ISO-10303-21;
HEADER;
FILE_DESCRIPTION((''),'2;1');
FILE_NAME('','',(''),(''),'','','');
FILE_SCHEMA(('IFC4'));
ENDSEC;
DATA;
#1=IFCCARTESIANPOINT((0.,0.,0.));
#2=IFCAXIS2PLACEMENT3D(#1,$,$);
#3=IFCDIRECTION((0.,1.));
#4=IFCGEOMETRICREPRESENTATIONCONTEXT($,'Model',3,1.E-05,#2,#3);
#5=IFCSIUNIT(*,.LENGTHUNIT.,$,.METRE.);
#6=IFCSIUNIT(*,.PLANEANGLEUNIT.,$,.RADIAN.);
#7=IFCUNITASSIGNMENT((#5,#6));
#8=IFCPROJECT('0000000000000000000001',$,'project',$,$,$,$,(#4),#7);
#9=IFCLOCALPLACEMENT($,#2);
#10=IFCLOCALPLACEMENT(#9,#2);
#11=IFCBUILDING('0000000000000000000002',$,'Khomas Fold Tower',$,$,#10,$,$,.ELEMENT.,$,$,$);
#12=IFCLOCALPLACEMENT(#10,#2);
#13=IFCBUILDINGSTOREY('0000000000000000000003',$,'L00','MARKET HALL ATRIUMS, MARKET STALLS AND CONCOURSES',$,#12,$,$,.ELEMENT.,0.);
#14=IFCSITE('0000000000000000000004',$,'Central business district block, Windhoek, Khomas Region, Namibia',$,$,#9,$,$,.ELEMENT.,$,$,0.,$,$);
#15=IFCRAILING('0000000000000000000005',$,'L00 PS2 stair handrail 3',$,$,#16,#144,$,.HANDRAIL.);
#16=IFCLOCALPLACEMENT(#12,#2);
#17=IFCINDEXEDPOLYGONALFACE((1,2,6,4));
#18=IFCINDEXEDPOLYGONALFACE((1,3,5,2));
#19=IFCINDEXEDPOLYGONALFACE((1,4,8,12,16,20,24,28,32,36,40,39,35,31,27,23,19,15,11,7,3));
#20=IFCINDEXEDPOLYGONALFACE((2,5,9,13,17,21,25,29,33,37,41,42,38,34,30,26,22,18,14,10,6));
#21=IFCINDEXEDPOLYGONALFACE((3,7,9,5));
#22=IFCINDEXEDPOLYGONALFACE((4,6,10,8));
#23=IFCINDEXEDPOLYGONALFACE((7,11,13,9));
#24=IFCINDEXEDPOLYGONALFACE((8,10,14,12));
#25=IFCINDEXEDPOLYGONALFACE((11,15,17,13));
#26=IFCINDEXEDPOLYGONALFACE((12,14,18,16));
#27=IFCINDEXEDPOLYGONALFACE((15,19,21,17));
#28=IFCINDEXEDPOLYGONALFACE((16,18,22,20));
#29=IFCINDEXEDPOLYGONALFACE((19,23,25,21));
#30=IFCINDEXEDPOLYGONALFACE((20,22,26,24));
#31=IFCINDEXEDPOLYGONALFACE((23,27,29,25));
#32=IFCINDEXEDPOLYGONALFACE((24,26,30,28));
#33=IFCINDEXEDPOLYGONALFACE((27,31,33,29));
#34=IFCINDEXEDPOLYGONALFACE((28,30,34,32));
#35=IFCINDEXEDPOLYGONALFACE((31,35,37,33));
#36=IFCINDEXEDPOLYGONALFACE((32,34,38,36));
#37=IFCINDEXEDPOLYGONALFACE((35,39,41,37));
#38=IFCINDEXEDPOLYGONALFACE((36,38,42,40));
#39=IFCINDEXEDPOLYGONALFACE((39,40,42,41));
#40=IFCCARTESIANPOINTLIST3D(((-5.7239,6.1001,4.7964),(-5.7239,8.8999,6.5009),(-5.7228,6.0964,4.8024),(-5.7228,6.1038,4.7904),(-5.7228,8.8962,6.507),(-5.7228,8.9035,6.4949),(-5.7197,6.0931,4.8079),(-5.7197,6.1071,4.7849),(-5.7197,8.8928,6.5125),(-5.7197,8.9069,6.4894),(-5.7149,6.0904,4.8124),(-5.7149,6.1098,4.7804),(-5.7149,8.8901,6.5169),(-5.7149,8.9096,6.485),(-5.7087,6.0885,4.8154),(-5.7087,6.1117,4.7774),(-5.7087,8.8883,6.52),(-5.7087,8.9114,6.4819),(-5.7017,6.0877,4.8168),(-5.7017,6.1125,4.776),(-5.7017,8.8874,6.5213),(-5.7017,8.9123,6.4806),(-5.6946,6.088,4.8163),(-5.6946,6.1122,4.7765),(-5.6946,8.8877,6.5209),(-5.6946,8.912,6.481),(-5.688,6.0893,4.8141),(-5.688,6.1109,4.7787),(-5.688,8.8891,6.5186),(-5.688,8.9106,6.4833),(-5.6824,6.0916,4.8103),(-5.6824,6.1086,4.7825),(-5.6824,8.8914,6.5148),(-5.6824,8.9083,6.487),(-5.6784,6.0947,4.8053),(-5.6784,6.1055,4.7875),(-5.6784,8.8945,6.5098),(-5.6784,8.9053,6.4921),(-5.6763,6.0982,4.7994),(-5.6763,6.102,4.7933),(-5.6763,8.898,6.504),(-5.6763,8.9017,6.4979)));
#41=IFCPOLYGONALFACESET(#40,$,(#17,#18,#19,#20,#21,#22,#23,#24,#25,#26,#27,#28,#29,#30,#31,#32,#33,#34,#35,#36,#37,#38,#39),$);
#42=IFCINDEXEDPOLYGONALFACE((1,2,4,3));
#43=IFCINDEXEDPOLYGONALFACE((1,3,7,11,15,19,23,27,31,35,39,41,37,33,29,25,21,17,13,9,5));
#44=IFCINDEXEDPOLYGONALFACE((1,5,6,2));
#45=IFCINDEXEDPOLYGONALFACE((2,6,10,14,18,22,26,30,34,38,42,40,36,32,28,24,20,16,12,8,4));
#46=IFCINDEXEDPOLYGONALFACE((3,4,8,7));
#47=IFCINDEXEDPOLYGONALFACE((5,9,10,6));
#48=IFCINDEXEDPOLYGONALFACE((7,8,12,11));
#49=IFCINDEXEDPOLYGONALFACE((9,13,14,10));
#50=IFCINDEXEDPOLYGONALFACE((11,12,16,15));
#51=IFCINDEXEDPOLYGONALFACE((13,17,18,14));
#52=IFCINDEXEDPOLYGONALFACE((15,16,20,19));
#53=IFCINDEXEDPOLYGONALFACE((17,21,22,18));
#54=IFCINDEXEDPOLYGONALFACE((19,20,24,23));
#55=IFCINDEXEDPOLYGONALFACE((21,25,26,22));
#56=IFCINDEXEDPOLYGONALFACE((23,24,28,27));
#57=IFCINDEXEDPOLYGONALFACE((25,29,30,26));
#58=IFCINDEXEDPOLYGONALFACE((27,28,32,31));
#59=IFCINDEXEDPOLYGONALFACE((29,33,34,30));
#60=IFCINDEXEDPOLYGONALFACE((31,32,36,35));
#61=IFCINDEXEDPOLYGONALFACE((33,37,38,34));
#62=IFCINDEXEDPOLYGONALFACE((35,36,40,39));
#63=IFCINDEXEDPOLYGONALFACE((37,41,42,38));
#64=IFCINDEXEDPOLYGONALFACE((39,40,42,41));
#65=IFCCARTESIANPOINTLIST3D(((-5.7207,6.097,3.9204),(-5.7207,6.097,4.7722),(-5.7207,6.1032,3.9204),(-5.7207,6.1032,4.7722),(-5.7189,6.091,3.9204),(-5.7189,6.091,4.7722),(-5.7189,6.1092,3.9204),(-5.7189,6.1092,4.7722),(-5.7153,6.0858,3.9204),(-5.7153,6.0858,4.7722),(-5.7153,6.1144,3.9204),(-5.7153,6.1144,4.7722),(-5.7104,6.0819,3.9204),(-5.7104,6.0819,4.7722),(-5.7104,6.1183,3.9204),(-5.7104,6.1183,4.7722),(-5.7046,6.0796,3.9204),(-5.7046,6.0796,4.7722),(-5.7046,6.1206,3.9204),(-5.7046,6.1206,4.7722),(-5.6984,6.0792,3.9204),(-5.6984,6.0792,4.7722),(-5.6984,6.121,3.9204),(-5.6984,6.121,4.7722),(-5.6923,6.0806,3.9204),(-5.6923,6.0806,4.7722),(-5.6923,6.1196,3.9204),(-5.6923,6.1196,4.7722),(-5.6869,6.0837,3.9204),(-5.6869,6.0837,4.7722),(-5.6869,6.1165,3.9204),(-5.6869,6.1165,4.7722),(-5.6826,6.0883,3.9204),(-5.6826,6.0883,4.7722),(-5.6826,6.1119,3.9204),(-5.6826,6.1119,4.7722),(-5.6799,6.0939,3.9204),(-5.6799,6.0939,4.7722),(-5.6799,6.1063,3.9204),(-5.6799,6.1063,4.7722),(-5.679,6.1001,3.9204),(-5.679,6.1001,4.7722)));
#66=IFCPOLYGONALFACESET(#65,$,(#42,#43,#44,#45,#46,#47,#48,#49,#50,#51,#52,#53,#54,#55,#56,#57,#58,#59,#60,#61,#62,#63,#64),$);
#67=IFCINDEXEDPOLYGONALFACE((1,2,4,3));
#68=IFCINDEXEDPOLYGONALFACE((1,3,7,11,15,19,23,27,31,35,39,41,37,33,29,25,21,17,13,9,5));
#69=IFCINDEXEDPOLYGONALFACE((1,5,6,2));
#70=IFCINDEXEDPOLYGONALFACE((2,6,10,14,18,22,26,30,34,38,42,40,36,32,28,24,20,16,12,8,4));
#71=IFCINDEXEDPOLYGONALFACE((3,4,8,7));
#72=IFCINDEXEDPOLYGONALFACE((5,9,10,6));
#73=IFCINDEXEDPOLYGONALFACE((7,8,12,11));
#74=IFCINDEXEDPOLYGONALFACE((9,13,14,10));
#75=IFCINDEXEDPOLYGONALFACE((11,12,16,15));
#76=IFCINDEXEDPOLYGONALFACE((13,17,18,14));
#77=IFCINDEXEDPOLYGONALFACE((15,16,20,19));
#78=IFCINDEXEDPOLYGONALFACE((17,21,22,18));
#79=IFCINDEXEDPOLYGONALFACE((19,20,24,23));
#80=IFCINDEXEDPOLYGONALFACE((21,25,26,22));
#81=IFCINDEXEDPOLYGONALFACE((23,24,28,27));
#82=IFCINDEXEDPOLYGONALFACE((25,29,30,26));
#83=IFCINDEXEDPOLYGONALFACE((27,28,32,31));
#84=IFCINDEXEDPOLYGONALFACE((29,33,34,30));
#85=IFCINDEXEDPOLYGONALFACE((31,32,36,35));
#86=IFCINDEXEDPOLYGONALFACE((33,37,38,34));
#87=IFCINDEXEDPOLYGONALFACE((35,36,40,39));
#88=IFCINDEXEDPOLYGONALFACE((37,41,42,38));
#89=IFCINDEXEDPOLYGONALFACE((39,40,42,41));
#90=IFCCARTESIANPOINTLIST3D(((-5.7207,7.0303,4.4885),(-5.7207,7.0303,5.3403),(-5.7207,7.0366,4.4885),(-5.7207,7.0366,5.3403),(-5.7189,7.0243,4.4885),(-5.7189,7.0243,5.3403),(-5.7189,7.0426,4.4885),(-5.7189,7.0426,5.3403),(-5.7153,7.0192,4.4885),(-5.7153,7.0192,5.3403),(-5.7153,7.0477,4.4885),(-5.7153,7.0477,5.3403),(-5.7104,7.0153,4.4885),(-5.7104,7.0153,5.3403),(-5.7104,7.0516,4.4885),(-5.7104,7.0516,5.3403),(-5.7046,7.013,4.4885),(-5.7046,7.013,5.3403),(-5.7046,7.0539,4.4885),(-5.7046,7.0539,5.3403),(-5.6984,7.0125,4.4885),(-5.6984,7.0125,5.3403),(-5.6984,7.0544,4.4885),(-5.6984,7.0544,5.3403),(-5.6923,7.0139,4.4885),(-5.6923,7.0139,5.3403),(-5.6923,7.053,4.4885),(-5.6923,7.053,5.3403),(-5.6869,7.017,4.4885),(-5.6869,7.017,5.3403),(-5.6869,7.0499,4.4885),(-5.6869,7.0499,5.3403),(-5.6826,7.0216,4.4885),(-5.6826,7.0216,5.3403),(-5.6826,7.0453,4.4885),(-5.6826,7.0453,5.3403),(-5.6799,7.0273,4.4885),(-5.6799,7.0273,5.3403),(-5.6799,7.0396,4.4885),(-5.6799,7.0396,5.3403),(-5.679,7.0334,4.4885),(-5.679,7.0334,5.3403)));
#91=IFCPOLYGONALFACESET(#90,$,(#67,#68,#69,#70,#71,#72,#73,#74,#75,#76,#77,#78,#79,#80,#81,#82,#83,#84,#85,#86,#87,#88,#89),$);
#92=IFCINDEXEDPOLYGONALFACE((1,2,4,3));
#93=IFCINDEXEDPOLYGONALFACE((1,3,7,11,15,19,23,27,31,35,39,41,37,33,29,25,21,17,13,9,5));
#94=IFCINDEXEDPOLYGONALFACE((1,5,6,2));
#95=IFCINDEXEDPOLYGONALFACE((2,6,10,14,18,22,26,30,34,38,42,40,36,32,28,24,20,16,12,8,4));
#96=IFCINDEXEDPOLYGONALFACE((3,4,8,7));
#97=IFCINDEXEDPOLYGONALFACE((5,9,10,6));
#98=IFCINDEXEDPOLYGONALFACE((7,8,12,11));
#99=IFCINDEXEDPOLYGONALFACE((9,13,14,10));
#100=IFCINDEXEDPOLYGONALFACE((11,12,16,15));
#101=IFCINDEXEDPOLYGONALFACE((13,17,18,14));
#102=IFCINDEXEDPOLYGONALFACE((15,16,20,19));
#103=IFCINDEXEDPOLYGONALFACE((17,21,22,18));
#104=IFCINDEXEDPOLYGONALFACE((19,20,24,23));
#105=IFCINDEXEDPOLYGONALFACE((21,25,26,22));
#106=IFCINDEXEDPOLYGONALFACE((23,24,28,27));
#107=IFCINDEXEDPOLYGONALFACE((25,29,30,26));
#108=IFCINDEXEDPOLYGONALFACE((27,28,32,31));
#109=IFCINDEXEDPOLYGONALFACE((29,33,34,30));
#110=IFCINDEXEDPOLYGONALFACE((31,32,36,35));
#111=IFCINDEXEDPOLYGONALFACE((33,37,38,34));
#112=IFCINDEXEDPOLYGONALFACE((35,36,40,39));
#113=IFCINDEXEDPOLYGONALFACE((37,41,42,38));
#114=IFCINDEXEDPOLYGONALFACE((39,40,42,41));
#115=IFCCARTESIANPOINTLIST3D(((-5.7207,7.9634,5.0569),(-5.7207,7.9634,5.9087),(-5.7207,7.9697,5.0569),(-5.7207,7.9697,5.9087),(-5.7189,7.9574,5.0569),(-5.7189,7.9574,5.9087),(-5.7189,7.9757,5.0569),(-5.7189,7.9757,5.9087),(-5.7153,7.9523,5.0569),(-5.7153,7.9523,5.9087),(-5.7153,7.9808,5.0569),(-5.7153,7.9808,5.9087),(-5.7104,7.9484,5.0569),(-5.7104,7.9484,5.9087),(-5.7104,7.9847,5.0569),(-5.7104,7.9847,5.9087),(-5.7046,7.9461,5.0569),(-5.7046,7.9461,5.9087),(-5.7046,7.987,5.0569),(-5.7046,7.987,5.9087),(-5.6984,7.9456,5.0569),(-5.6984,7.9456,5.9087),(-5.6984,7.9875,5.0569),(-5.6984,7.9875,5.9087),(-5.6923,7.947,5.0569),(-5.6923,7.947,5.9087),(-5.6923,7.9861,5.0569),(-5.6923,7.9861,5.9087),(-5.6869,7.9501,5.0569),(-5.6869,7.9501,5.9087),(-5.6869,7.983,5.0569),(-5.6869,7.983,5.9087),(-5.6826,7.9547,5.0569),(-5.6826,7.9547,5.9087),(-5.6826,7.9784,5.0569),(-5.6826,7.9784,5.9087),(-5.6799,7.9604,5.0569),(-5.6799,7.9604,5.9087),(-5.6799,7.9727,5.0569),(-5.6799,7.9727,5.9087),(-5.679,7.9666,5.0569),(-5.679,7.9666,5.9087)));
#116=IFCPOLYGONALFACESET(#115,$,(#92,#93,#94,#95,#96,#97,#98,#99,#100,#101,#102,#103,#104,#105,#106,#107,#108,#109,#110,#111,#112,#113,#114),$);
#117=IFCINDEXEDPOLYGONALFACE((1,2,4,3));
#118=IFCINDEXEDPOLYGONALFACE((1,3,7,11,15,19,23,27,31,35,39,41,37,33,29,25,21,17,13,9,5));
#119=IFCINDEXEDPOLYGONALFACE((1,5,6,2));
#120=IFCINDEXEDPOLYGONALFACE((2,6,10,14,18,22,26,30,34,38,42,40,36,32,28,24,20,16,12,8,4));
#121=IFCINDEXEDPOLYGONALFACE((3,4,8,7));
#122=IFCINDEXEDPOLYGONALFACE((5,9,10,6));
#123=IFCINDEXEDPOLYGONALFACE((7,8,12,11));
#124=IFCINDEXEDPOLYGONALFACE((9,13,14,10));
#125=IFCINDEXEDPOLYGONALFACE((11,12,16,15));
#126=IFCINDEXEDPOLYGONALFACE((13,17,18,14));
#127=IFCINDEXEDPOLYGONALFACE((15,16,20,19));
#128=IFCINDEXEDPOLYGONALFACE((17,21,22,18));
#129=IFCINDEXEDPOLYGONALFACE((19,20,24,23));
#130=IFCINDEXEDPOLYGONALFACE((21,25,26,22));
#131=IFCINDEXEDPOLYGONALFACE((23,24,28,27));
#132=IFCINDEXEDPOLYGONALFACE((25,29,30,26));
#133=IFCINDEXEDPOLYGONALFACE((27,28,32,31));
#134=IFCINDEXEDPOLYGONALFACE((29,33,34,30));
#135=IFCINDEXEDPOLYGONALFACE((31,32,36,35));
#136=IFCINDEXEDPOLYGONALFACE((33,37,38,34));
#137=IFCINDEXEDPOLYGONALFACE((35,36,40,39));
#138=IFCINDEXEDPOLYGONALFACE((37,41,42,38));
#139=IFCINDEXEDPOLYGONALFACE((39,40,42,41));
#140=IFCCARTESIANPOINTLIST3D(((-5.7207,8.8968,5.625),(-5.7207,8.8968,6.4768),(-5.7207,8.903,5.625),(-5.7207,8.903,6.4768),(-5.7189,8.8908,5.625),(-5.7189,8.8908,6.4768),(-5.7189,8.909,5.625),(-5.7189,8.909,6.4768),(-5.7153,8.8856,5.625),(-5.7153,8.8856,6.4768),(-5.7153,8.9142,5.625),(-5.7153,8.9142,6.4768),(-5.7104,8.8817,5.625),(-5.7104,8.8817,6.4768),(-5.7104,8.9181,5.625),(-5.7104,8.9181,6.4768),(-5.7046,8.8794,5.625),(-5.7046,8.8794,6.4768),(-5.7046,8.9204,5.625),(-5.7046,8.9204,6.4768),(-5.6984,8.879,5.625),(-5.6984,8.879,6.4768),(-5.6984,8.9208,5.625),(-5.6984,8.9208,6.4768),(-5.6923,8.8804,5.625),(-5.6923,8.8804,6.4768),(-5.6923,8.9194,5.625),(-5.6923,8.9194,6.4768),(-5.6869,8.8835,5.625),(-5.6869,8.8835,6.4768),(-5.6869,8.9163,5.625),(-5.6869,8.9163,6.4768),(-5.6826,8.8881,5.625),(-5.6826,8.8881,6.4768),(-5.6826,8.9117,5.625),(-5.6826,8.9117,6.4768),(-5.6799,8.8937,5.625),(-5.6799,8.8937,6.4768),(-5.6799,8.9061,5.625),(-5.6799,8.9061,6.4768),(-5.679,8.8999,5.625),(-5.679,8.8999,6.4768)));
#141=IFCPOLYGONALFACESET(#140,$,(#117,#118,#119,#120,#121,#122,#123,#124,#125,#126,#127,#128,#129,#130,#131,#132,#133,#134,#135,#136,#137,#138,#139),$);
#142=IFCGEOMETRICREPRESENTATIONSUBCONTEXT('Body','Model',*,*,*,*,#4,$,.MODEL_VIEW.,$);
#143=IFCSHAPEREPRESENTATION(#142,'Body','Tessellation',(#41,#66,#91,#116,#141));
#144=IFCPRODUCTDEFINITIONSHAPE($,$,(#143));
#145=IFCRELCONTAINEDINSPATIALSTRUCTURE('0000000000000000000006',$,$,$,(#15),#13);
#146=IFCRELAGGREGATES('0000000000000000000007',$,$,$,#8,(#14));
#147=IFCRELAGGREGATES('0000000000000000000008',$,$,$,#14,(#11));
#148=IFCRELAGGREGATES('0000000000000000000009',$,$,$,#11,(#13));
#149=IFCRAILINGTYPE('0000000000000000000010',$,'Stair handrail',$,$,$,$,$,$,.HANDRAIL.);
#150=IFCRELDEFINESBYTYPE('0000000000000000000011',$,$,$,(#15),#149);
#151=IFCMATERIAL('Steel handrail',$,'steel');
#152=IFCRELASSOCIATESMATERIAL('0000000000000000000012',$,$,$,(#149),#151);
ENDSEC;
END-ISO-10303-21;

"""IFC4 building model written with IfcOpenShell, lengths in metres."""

from ifc_helpers import new_model, si_unit, direction, frame, origin, origin_2d, place, context, subcontext, project, spatial, circle, extrude, source, transform, mapped, material, type_object, element, save


model = new_model("IFC4")

# Units and contexts
model_context = context("Model", 3, precision=1e-05, world=origin(), true_north=direction((0.0, 1.0)))
body_context = subcontext(model_context, "Body", "Model", "MODEL_VIEW")
ifc_project = project(units=[si_unit("LENGTHUNIT", "METRE"), si_unit("PLANEANGLEUNIT", "RADIAN")], contexts=[model_context])

# Site, building, storey
site_placement = place(None, origin())
site = spatial("IfcSite", under=ifc_project, at=site_placement, Name="Central business district block, Windhoek, Khomas Region, Namibia", CompositionType="ELEMENT", RefElevation=0.0)
building_placement = place(site_placement, origin())
building = spatial("IfcBuilding", under=site, at=building_placement, Name="Khomas Fold Tower", CompositionType="ELEMENT")
storey_placement = place(building_placement, origin())
storey = spatial("IfcBuildingStorey", under=building, at=storey_placement, Name="L00", Description="MARKET HALL ATRIUMS, MARKET STALLS AND CONCOURSES", CompositionType="ELEMENT", Elevation=0.0)

# Railing
ifc_material_1 = material(Name="Steel handrail", Category="steel")
railing_type_1 = type_object("IfcRailingType", Name="Stair handrail", PredefinedType="HANDRAIL", material=ifc_material_1)
shared_shape_1 = source(origin(), body_context, "Body", "SweptSolid", [
    extrude(circle(Radius=0.0239, at=origin_2d()), frame((0.0, 0.0, 0.876), z_axis=(0.0, 0.85415, 0.520027), x_axis=(-1.0, 0.0, 0.0)), (0.0, 0.0, 1.0), 3.2778),
    extrude(circle(Radius=0.021, at=origin_2d()), origin(), (0.0, 0.0, 1.0), 0.8518),
    extrude(circle(Radius=0.021, at=origin_2d()), frame((0.0, 0.9333, 0.5681)), (0.0, 0.0, 1.0), 0.8518),
    extrude(circle(Radius=0.021, at=origin_2d()), frame((0.0, 1.8665, 1.1365)), (0.0, 0.0, 1.0), 0.8518),
    extrude(circle(Radius=0.021, at=origin_2d()), frame((0.0, 2.7998, 1.7046)), (0.0, 0.0, 1.0), 0.8518),
])
railing_placement = place(storey_placement, frame((-5.7, 6.1001, 3.9204)))
element("IfcRailing", 1, at=railing_placement, inside=storey, type_object=railing_type_1, Name="L00 PS2 stair handrail 3", PredefinedType="HANDRAIL", context=body_context, shape_type="MappedRepresentation", body=[
    mapped(shared_shape_1, transform((0.0, 0.0, 0.0))),
])

save(model, "model.ifc")
